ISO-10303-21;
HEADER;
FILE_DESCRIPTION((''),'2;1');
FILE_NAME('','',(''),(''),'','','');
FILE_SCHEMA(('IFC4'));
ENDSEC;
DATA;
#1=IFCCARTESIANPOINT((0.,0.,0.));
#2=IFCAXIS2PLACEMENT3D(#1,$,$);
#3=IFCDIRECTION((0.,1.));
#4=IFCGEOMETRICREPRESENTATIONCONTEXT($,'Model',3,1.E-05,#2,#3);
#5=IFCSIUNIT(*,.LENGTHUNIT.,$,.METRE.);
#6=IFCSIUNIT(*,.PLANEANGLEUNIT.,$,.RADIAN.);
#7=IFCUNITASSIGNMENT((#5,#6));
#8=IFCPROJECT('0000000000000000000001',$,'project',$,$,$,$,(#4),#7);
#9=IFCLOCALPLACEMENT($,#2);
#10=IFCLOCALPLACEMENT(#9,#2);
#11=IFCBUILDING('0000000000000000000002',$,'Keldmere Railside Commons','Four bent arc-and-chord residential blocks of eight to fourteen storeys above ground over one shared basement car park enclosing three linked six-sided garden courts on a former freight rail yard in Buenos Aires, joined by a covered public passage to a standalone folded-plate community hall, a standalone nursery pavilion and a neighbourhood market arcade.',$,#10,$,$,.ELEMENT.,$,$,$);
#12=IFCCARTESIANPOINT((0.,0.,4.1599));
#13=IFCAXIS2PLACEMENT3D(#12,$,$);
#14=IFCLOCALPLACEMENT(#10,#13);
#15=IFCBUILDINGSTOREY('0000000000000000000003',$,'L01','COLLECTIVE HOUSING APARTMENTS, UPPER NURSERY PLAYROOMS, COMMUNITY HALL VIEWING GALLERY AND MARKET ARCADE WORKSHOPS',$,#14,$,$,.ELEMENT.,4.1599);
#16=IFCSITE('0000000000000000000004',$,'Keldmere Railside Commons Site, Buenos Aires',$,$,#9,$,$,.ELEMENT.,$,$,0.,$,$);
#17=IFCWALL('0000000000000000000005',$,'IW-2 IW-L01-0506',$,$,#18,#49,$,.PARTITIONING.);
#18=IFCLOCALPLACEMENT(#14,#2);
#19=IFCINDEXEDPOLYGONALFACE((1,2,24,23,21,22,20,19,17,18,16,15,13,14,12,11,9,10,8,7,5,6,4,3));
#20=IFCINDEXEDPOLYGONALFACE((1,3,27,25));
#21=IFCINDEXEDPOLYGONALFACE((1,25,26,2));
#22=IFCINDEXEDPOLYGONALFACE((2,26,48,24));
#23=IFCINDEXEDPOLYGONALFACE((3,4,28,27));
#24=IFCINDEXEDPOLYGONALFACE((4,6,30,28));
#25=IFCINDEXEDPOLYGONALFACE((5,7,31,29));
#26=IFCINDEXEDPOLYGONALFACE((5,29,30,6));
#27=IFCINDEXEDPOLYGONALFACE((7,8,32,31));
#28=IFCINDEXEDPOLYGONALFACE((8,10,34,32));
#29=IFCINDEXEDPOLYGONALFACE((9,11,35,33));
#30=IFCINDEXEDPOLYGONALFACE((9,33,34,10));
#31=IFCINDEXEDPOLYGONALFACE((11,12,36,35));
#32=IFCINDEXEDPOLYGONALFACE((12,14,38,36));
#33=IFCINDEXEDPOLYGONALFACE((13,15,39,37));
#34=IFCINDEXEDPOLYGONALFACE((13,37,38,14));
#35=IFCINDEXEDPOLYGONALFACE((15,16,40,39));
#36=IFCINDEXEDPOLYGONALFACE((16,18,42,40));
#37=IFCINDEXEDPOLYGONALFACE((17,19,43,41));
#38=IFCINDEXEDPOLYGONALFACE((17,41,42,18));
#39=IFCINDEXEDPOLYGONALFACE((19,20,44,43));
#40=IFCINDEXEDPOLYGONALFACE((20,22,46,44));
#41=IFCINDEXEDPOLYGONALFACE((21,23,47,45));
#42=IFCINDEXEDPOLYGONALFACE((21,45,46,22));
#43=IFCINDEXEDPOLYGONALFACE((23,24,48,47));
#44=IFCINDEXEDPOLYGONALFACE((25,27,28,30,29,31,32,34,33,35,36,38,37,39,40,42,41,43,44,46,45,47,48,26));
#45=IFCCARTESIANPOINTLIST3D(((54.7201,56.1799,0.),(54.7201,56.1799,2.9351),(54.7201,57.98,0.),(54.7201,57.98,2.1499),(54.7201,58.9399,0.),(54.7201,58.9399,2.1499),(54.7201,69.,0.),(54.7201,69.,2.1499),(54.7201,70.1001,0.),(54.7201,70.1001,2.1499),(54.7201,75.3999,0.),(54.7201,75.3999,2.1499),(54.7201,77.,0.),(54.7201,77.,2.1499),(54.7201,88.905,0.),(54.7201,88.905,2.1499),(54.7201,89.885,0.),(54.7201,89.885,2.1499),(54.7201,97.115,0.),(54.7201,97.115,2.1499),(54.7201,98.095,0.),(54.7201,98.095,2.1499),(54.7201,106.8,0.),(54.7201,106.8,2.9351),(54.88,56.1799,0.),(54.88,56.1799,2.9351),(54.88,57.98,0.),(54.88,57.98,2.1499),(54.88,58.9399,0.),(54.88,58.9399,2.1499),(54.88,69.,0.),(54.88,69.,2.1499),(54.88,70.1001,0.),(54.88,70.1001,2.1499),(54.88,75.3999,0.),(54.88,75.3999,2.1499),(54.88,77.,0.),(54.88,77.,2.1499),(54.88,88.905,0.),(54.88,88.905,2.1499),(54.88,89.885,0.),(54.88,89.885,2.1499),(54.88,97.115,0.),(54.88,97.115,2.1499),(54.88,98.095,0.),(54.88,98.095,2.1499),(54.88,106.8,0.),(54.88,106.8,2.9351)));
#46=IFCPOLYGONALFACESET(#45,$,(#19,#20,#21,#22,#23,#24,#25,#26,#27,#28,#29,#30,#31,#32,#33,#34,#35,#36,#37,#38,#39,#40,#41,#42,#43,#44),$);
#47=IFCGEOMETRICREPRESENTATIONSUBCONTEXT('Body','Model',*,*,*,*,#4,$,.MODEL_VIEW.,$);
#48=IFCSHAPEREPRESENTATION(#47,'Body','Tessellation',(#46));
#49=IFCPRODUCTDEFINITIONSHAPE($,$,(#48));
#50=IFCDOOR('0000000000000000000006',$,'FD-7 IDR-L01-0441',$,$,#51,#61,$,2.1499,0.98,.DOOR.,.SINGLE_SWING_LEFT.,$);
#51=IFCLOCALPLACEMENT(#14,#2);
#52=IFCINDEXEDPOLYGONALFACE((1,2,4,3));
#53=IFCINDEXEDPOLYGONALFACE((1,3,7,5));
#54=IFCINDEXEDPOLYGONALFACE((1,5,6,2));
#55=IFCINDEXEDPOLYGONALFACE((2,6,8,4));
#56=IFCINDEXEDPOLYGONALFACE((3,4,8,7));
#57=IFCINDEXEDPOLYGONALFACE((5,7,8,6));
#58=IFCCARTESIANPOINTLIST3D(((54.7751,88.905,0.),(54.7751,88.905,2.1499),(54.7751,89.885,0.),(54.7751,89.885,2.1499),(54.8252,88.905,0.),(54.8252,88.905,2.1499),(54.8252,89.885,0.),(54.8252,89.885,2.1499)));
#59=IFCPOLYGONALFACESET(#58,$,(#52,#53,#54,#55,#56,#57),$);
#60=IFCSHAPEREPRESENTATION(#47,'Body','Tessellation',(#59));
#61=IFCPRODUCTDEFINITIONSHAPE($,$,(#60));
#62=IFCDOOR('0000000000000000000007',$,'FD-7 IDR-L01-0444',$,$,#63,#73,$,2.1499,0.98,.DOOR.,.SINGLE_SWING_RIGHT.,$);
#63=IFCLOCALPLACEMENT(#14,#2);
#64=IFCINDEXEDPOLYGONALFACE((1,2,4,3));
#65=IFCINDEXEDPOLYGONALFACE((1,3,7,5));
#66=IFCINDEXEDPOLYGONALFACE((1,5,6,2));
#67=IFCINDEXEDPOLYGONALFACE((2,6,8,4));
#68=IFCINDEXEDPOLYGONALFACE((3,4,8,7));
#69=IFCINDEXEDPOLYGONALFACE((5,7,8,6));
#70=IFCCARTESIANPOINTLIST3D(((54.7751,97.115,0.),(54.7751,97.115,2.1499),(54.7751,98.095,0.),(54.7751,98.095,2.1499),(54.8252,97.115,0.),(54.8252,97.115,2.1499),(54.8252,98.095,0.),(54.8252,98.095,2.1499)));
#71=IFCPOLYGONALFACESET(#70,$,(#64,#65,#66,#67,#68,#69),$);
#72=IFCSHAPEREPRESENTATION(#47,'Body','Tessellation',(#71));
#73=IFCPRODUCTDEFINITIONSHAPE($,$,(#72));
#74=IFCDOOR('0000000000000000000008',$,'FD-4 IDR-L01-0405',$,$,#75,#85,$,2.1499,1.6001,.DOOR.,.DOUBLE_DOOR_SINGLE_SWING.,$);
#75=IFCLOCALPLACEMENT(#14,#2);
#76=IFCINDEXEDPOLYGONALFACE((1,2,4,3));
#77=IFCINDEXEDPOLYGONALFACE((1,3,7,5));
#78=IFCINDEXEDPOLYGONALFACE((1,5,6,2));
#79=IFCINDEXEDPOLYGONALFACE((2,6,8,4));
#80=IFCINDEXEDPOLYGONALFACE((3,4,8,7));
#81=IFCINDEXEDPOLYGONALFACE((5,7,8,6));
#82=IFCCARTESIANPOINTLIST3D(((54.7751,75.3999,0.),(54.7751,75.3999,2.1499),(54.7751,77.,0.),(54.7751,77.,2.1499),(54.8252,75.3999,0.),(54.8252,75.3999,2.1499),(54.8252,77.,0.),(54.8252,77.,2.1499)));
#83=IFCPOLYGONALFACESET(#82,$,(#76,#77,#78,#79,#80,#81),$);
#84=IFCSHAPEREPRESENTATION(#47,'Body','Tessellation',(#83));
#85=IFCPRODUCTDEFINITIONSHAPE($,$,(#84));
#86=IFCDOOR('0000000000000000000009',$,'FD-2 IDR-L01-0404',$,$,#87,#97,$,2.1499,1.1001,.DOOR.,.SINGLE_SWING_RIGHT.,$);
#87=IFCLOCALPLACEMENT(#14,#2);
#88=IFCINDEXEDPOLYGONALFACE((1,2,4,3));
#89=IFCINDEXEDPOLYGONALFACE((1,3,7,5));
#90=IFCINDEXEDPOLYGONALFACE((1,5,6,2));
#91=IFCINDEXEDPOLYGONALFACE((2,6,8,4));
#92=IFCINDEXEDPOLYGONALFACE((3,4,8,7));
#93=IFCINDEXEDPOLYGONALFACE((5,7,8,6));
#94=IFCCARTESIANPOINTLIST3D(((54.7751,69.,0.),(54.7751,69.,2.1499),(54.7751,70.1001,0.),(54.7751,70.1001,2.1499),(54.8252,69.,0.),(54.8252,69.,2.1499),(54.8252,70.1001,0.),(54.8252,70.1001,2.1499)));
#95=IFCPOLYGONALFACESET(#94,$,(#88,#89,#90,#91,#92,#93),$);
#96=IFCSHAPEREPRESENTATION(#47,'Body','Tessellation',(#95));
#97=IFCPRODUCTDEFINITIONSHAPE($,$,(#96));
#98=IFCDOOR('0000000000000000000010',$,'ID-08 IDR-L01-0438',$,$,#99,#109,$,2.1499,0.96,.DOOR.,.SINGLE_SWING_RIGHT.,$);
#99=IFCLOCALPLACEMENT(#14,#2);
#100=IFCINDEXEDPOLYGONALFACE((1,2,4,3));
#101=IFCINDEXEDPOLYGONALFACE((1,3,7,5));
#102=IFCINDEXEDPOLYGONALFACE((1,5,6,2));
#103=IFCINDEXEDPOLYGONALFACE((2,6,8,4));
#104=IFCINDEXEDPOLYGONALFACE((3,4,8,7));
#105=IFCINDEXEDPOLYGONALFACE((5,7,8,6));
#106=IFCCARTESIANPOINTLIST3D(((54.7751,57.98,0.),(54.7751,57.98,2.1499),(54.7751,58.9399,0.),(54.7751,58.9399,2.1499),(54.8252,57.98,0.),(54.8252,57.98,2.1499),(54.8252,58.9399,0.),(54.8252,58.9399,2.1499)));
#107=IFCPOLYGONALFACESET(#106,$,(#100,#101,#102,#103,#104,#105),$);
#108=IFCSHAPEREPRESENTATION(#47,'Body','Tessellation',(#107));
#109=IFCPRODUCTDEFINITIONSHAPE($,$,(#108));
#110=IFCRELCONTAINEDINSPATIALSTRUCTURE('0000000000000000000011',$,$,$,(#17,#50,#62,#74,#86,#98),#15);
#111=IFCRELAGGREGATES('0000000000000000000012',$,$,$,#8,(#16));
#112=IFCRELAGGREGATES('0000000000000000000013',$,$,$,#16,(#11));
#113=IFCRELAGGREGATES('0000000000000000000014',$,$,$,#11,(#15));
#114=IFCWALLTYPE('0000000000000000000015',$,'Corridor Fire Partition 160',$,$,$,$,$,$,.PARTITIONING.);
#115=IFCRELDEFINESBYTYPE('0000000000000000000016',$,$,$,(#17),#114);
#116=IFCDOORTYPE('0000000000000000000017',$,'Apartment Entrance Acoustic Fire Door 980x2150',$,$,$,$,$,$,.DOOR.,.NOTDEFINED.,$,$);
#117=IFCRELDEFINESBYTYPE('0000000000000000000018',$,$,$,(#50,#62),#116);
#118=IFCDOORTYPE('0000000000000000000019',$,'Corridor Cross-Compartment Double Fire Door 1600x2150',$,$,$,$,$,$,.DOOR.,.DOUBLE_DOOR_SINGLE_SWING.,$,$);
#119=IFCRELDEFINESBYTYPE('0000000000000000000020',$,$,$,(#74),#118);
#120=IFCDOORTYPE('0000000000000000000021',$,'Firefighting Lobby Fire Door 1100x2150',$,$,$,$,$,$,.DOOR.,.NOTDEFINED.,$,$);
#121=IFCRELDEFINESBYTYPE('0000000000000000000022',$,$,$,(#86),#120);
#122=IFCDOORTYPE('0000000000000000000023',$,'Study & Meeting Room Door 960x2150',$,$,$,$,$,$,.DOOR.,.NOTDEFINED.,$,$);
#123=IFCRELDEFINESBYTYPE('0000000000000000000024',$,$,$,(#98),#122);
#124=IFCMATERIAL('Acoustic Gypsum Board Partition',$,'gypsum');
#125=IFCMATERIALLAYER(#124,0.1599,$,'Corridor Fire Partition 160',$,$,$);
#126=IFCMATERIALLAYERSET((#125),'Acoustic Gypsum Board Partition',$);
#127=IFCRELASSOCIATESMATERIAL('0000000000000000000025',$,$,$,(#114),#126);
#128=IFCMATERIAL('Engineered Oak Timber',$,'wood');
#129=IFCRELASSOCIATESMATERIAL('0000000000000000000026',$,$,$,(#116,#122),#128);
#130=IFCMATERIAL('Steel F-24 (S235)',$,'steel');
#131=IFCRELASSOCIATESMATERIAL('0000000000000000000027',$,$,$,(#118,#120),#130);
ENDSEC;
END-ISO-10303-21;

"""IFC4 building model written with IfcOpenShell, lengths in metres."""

from ifc_helpers import new_model, si_unit, direction, frame, frame_2d, origin, place, context, subcontext, project, spatial, rectangle, extrude, material, layer, layer_set, type_object, element, fill, save


model = new_model("IFC4")

# Units and contexts
model_context = context("Model", 3, precision=1e-05, world=origin(), true_north=direction((0.0, 1.0)))
body_context = subcontext(model_context, "Body", "Model", "MODEL_VIEW")
ifc_project = project(units=[si_unit("LENGTHUNIT", "METRE"), si_unit("PLANEANGLEUNIT", "RADIAN")], contexts=[model_context])

# Site, building, storey
site_placement = place(None, origin())
site = spatial("IfcSite", under=ifc_project, at=site_placement, Name="Keldmere Railside Commons Site, Buenos Aires", CompositionType="ELEMENT", RefElevation=0.0)
building_placement = place(site_placement, origin())
building = spatial("IfcBuilding", under=site, at=building_placement, Name="Keldmere Railside Commons", Description="Four bent arc-and-chord residential blocks of eight to fourteen storeys above ground over one shared basement car park enclosing three linked six-sided garden courts on a former freight rail yard in Buenos Aires, joined by a covered public passage to a standalone folded-plate community hall, a standalone nursery pavilion and a neighbourhood market arcade.", CompositionType="ELEMENT")
storey_placement = place(building_placement, frame((0.0, 0.0, 4.1599)))
storey = spatial("IfcBuildingStorey", under=building, at=storey_placement, Name="L01", Description="COLLECTIVE HOUSING APARTMENTS, UPPER NURSERY PLAYROOMS, COMMUNITY HALL VIEWING GALLERY AND MARKET ARCADE WORKSHOPS", CompositionType="ELEMENT", Elevation=4.1599)

# Wall, openings, doors
ifc_material_1 = material(Name="Acoustic Gypsum Board Partition", Category="gypsum")
ifc_layer = layer(ifc_material_1, 0.1599, Name="Corridor Fire Partition 160")
ifc_layer_set = layer_set([ifc_layer], Name="Acoustic Gypsum Board Partition")
wall_type = type_object("IfcWallType", Name="Corridor Fire Partition 160", PredefinedType="PARTITIONING", material=ifc_layer_set)
wall_1_placement = place(storey_placement, frame((54.8, 56.1799, 0.0), z_axis=(0.0, 0.0, 1.0), x_axis=(0.0, 1.0, 0.0)))
wall_1 = element("IfcWall", 1, at=wall_1_placement, inside=storey, type_object=wall_type, Name="IW-2 IW-L01-0506", PredefinedType="PARTITIONING", context=body_context, shape_type="SweptSolid", body=[
    extrude(rectangle(XDim=50.6201, YDim=0.1599, at=frame_2d((25.3101, 0.0))), origin(), (0.0, 0.0, 1.0), 2.9351),
])
opening_1_placement = place(wall_1_placement, frame((12.8201, 0.0, 0.0)))
opening_1 = element("IfcOpeningElement", 2, at=opening_1_placement, cuts=wall_1, PredefinedType="OPENING", context=body_context, shape_type="SweptSolid", body=[
    extrude(rectangle(XDim=1.1001, YDim=2.1499, at=frame_2d((0.55, 1.075))), frame((0.0, 0.0898, 0.0), z_axis=(0.0, -1.0, 0.0), x_axis=(1.0, 0.0, 0.0)), (0.0, 0.0, 1.0), 0.1799),
])
opening_2_placement = place(wall_1_placement, frame((19.22, 0.0, 0.0)))
opening_2 = element("IfcOpeningElement", 3, at=opening_2_placement, cuts=wall_1, PredefinedType="OPENING", context=body_context, shape_type="SweptSolid", body=[
    extrude(rectangle(XDim=1.6001, YDim=2.1499, at=frame_2d((0.8, 1.075))), frame((0.0, 0.0898, 0.0), z_axis=(0.0, -1.0, 0.0), x_axis=(1.0, 0.0, 0.0)), (0.0, 0.0, 1.0), 0.1799),
])
opening_3_placement = place(wall_1_placement, frame((1.8, 0.0, 0.0)))
opening_3 = element("IfcOpeningElement", 4, at=opening_3_placement, cuts=wall_1, PredefinedType="OPENING", context=body_context, shape_type="SweptSolid", body=[
    extrude(rectangle(XDim=0.96, YDim=2.1499, at=frame_2d((0.48, 1.075))), frame((0.0, 0.0898, 0.0), z_axis=(0.0, -1.0, 0.0), x_axis=(1.0, 0.0, 0.0)), (0.0, 0.0, 1.0), 0.1799),
])
opening_4_placement = place(wall_1_placement, frame((32.7251, 0.0, 0.0)))
opening_4 = element("IfcOpeningElement", 5, at=opening_4_placement, cuts=wall_1, PredefinedType="OPENING", context=body_context, shape_type="SweptSolid", body=[
    extrude(rectangle(XDim=0.98, YDim=2.1499, at=frame_2d((0.49, 1.075))), frame((0.0, 0.0898, 0.0), z_axis=(0.0, -1.0, 0.0), x_axis=(1.0, 0.0, 0.0)), (0.0, 0.0, 1.0), 0.1799),
])
opening_5_placement = place(wall_1_placement, frame((40.9351, 0.0, 0.0)))
opening_5 = element("IfcOpeningElement", 6, at=opening_5_placement, cuts=wall_1, PredefinedType="OPENING", context=body_context, shape_type="SweptSolid", body=[
    extrude(rectangle(XDim=0.98, YDim=2.1499, at=frame_2d((0.49, 1.075))), frame((0.0, 0.0898, 0.0), z_axis=(0.0, -1.0, 0.0), x_axis=(1.0, 0.0, 0.0)), (0.0, 0.0, 1.0), 0.1799),
])
ifc_material_2 = material(Name="Engineered Oak Timber", Category="wood")
door_type_1 = type_object("IfcDoorType", Name="Apartment Entrance Acoustic Fire Door 980x2150", OperationType="NOTDEFINED", PredefinedType="DOOR", material=ifc_material_2)
door_1_placement = place(opening_4_placement, origin())
door_1 = element("IfcDoor", 7, at=door_1_placement, inside=storey, type_object=door_type_1, Name="FD-7 IDR-L01-0441", OperationType="SINGLE_SWING_LEFT", OverallHeight=2.1499, OverallWidth=0.98, PredefinedType="DOOR", context=body_context, shape_type="SweptSolid", body=[
    extrude(rectangle(XDim=0.98, YDim=2.1499, at=frame_2d((0.49, 1.075))), frame((0.0, 0.0249, 0.0), z_axis=(0.0, -1.0, 0.0), x_axis=(1.0, 0.0, 0.0)), (0.0, 0.0, 1.0), 0.05),
])
fill(opening_4, door_1)
door_2_placement = place(opening_5_placement, origin())
door_2 = element("IfcDoor", 8, at=door_2_placement, inside=storey, type_object=door_type_1, Name="FD-7 IDR-L01-0444", OperationType="SINGLE_SWING_RIGHT", OverallHeight=2.1499, OverallWidth=0.98, PredefinedType="DOOR", context=body_context, shape_type="SweptSolid", body=[
    extrude(rectangle(XDim=0.98, YDim=2.1499, at=frame_2d((0.49, 1.075))), frame((0.0, 0.0249, 0.0), z_axis=(0.0, -1.0, 0.0), x_axis=(1.0, 0.0, 0.0)), (0.0, 0.0, 1.0), 0.05),
])
fill(opening_5, door_2)
ifc_material_3 = material(Name="Steel F-24 (S235)", Category="steel")
door_type_2 = type_object("IfcDoorType", Name="Corridor Cross-Compartment Double Fire Door 1600x2150", OperationType="DOUBLE_DOOR_SINGLE_SWING", PredefinedType="DOOR", material=ifc_material_3)
door_3_placement = place(opening_2_placement, origin())
door_3 = element("IfcDoor", 9, at=door_3_placement, inside=storey, type_object=door_type_2, Name="FD-4 IDR-L01-0405", OperationType="DOUBLE_DOOR_SINGLE_SWING", OverallHeight=2.1499, OverallWidth=1.6001, PredefinedType="DOOR", context=body_context, shape_type="SweptSolid", body=[
    extrude(rectangle(XDim=1.6001, YDim=2.1499, at=frame_2d((0.8, 1.075))), frame((0.0, 0.0249, 0.0), z_axis=(0.0, -1.0, 0.0), x_axis=(1.0, 0.0, 0.0)), (0.0, 0.0, 1.0), 0.05),
])
fill(opening_2, door_3)
door_type_3 = type_object("IfcDoorType", Name="Firefighting Lobby Fire Door 1100x2150", OperationType="NOTDEFINED", PredefinedType="DOOR", material=ifc_material_3)
door_4_placement = place(opening_1_placement, origin())
door_4 = element("IfcDoor", 10, at=door_4_placement, inside=storey, type_object=door_type_3, Name="FD-2 IDR-L01-0404", OperationType="SINGLE_SWING_RIGHT", OverallHeight=2.1499, OverallWidth=1.1001, PredefinedType="DOOR", context=body_context, shape_type="SweptSolid", body=[
    extrude(rectangle(XDim=1.1001, YDim=2.1499, at=frame_2d((0.55, 1.075))), frame((0.0, 0.0249, 0.0), z_axis=(0.0, -1.0, 0.0), x_axis=(1.0, 0.0, 0.0)), (0.0, 0.0, 1.0), 0.05),
])
fill(opening_1, door_4)
door_type_4 = type_object("IfcDoorType", Name="Study & Meeting Room Door 960x2150", OperationType="NOTDEFINED", PredefinedType="DOOR", material=ifc_material_2)
door_5_placement = place(opening_3_placement, origin())
door_5 = element("IfcDoor", 11, at=door_5_placement, inside=storey, type_object=door_type_4, Name="ID-08 IDR-L01-0438", OperationType="SINGLE_SWING_RIGHT", OverallHeight=2.1499, OverallWidth=0.96, PredefinedType="DOOR", context=body_context, shape_type="SweptSolid", body=[
    extrude(rectangle(XDim=0.96, YDim=2.1499, at=frame_2d((0.48, 1.075))), frame((0.0, 0.0249, 0.0), z_axis=(0.0, -1.0, 0.0), x_axis=(1.0, 0.0, 0.0)), (0.0, 0.0, 1.0), 0.05),
])
fill(opening_3, door_5)

save(model, "model.ifc")
